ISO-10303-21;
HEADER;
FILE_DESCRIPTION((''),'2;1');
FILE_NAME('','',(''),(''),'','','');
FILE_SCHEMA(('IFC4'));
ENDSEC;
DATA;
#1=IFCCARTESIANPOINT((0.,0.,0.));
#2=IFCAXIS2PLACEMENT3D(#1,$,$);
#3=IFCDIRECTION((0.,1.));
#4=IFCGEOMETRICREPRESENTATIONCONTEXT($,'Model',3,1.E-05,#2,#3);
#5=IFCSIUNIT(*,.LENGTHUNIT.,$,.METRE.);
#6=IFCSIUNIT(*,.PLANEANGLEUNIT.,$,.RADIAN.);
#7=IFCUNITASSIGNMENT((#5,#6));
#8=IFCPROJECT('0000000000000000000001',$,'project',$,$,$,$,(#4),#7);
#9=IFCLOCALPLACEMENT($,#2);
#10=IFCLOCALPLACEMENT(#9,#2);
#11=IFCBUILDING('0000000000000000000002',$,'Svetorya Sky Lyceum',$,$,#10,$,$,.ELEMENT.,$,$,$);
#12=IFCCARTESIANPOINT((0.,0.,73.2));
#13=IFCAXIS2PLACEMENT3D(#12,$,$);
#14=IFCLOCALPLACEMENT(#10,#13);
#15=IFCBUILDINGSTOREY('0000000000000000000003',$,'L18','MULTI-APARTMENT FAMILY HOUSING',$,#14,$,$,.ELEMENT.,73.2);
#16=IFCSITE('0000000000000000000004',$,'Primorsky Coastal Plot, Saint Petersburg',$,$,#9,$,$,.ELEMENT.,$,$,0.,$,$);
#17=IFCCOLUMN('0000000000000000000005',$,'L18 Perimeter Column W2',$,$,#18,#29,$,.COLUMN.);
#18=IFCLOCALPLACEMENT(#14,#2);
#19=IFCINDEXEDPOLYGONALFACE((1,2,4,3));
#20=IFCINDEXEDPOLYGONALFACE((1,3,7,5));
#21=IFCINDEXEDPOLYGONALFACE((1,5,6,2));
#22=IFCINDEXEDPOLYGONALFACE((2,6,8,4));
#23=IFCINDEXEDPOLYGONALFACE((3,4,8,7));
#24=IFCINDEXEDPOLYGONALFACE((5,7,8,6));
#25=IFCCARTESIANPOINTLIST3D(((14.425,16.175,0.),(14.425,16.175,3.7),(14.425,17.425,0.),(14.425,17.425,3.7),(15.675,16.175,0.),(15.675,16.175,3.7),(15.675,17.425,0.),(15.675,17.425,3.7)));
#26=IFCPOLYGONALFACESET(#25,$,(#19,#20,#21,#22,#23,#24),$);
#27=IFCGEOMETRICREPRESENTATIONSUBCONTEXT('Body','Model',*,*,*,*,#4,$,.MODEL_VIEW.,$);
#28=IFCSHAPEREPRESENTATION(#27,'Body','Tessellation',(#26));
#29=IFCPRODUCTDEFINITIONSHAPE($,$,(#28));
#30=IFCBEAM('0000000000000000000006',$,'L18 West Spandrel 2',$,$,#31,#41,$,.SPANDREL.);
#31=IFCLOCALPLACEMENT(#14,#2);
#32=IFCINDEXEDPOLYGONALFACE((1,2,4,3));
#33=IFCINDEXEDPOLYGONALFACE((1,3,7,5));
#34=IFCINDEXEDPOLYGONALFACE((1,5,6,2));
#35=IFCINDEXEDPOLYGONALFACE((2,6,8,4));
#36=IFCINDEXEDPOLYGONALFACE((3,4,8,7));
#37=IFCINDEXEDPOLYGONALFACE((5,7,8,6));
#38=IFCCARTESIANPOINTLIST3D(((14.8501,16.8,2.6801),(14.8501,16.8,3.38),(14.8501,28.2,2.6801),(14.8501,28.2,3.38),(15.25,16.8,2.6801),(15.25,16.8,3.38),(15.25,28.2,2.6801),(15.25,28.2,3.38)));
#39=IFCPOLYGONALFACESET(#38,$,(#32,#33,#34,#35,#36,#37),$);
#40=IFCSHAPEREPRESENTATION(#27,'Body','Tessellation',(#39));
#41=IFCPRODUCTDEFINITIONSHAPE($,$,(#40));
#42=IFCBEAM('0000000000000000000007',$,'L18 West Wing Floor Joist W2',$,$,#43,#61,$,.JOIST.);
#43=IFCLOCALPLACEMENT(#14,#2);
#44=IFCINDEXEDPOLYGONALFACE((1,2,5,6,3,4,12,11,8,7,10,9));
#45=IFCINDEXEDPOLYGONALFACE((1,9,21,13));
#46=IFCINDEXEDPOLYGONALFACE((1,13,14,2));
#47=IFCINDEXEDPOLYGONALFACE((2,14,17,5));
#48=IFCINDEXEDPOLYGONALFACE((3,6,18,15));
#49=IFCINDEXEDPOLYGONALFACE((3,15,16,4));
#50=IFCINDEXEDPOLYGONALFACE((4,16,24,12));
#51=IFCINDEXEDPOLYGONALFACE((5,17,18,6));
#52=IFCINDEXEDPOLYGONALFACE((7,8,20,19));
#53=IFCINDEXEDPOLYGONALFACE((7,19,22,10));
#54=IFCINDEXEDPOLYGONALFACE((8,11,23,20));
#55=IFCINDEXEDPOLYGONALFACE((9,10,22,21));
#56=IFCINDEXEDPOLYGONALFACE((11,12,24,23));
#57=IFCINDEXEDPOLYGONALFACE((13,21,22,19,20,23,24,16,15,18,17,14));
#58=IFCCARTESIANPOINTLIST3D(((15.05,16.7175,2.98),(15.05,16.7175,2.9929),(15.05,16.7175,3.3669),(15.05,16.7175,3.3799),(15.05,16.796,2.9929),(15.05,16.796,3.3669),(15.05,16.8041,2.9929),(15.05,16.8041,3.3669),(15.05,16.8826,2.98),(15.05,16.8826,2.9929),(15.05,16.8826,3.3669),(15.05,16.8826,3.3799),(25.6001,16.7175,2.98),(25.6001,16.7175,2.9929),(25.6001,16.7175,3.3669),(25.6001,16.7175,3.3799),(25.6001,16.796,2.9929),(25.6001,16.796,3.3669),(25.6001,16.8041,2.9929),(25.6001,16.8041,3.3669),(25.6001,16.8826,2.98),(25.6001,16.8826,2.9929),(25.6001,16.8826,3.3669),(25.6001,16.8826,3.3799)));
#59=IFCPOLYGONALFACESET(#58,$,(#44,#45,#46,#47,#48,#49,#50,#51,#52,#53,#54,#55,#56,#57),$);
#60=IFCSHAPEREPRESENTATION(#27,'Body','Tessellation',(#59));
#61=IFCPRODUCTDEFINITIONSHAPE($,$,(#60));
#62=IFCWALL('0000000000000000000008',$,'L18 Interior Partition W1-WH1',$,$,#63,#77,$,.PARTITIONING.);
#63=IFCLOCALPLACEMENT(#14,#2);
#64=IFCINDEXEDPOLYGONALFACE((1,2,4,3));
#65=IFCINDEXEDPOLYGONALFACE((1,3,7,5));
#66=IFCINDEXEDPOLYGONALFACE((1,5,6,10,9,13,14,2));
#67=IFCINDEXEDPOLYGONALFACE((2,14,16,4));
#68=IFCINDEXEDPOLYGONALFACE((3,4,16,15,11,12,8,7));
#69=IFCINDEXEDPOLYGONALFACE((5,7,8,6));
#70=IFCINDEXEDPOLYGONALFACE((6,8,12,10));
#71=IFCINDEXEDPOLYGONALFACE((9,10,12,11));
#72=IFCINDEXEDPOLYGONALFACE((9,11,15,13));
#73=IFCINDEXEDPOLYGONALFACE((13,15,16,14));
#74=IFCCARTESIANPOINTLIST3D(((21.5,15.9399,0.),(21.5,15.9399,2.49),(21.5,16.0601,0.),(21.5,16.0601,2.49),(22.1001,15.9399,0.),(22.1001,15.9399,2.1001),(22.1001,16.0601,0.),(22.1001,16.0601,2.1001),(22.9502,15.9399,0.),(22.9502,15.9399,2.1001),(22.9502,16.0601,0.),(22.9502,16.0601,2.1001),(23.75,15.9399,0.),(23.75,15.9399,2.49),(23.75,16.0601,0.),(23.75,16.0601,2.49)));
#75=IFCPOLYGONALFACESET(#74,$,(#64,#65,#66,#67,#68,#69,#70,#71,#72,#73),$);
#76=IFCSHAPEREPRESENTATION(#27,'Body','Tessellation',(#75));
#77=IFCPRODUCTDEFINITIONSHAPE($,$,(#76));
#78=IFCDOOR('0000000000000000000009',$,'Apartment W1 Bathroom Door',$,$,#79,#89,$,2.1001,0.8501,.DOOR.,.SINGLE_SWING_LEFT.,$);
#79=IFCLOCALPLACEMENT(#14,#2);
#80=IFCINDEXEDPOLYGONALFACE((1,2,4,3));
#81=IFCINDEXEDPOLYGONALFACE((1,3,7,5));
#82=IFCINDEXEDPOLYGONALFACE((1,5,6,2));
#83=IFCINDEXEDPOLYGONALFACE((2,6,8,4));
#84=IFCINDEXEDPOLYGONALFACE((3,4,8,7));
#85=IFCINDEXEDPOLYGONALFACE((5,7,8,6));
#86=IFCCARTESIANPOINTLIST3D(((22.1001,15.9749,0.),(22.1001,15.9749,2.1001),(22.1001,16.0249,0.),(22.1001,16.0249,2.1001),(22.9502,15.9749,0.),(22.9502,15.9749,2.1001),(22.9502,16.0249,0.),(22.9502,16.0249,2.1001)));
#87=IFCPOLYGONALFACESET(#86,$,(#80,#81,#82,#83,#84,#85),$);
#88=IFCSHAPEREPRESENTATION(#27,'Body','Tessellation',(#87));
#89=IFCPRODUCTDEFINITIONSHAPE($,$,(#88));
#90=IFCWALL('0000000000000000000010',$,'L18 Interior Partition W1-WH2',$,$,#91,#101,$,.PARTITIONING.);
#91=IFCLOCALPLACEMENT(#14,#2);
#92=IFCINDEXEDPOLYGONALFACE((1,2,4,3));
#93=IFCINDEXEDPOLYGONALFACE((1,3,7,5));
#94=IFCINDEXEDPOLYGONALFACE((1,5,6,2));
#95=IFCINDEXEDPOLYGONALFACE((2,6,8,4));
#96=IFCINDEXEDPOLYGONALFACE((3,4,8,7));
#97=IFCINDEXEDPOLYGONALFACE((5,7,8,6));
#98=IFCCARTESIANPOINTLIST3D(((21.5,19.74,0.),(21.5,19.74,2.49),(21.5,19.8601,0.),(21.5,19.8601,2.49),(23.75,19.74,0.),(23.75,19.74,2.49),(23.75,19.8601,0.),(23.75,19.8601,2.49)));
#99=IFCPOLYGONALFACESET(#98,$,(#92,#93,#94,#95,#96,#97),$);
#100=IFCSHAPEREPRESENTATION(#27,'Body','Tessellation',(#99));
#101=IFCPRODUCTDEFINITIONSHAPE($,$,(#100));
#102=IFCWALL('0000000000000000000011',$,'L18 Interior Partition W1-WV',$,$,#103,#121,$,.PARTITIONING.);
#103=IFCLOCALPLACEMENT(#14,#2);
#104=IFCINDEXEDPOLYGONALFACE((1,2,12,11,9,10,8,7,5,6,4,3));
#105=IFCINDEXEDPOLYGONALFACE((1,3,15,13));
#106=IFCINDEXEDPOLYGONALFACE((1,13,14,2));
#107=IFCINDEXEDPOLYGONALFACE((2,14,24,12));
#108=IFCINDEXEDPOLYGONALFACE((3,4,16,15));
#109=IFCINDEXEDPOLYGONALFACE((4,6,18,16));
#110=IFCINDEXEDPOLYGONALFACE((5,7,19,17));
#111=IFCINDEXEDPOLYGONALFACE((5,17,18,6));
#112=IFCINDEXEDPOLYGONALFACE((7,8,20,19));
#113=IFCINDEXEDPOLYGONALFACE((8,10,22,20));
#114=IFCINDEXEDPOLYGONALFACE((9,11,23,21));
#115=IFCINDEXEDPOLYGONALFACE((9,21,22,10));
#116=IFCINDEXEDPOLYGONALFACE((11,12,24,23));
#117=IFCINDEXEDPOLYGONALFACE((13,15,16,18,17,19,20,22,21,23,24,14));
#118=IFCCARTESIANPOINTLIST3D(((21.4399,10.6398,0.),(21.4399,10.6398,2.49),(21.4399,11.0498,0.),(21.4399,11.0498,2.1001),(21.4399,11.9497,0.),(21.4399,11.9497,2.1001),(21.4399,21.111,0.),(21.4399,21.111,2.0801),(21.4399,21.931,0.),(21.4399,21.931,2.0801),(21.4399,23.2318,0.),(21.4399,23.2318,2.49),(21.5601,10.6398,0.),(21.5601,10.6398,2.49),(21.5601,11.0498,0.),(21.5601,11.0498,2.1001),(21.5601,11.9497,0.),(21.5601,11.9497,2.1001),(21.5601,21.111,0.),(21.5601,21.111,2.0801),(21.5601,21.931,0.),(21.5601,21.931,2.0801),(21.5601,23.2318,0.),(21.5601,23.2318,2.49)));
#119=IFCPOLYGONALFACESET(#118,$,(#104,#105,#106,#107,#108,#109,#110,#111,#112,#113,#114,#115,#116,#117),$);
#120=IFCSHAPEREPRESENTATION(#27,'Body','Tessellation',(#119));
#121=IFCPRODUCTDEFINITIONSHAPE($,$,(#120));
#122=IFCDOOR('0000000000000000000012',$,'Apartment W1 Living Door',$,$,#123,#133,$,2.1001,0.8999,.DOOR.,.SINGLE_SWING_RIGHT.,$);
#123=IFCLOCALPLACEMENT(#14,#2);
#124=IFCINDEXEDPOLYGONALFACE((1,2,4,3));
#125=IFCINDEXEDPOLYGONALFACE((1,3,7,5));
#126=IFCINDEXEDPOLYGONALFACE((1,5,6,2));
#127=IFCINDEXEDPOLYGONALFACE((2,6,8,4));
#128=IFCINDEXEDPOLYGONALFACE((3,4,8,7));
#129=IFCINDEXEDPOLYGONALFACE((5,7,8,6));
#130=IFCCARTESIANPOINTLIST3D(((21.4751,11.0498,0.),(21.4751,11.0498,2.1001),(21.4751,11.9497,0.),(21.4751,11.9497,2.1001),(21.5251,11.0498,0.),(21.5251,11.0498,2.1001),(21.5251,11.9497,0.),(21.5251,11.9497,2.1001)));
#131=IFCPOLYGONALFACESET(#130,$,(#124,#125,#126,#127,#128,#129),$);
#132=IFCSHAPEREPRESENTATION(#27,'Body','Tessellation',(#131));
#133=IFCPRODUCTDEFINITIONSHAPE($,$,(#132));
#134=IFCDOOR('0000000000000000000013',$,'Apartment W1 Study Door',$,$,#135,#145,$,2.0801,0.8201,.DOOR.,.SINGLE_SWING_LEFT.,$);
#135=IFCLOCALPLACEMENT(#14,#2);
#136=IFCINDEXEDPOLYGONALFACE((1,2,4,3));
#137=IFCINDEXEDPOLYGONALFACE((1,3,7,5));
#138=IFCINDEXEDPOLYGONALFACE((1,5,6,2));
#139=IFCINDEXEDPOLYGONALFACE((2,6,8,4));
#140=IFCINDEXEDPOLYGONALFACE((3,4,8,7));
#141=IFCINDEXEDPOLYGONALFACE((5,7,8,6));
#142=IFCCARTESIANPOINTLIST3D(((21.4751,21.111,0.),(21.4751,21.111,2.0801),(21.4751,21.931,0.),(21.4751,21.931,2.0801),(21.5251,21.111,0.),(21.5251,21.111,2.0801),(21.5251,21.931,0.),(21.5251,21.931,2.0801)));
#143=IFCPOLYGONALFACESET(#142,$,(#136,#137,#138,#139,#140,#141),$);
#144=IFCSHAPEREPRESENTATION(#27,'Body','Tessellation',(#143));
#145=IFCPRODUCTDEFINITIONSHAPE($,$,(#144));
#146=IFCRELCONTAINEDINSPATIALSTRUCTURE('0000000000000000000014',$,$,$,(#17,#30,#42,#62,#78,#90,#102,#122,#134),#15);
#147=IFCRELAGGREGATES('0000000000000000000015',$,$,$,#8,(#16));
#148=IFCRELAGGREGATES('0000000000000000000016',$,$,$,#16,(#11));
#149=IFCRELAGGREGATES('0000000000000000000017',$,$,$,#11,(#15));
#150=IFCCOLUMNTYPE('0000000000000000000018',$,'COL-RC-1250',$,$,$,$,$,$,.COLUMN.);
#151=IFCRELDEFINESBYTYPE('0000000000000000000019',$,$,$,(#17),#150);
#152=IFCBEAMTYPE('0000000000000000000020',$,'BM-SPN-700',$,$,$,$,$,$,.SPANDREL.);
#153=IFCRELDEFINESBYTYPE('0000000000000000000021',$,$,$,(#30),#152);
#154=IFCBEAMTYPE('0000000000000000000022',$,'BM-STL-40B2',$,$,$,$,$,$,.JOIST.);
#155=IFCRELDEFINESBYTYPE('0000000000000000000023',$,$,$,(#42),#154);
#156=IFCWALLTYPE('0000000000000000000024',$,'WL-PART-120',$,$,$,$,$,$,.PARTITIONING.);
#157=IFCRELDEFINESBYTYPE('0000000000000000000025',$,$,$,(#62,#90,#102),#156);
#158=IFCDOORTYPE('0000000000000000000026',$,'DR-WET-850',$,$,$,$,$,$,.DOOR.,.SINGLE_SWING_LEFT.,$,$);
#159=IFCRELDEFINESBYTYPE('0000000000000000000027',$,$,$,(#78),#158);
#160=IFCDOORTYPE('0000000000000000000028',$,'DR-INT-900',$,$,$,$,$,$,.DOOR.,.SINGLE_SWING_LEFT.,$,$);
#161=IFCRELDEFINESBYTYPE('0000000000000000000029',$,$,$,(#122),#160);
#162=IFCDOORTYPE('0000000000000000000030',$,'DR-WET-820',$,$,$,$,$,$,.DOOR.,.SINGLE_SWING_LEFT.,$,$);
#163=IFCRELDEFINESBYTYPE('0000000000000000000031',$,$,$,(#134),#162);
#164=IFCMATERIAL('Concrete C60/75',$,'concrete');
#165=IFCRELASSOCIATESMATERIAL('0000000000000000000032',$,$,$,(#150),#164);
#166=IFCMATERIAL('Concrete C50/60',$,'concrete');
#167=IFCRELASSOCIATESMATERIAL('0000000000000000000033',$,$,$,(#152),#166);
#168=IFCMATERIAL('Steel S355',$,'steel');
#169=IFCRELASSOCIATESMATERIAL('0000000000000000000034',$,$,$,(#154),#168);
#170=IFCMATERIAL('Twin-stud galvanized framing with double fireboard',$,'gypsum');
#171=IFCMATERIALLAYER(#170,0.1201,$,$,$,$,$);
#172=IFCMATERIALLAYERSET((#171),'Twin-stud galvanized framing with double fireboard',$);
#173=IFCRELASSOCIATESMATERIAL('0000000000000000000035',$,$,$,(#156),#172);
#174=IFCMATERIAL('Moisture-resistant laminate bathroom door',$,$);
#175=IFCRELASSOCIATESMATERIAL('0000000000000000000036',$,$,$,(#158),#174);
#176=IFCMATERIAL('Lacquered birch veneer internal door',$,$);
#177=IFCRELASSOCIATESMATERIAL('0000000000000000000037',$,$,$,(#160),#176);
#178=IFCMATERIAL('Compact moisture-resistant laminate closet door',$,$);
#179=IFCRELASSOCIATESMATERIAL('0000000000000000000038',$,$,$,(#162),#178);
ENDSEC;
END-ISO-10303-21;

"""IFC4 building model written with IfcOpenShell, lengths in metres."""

from ifc_helpers import new_model, si_unit, direction, frame, frame_2d, origin, origin_2d, place, context, subcontext, project, spatial, rectangle, i_section, extrude, material, layer, layer_set, material_profile, profile_set, type_object, element, fill, save


model = new_model("IFC4")

# Units and contexts
model_context = context("Model", 3, precision=1e-05, world=origin(), true_north=direction((0.0, 1.0)))
body_context = subcontext(model_context, "Body", "Model", "MODEL_VIEW")
ifc_project = project(units=[si_unit("LENGTHUNIT", "METRE"), si_unit("PLANEANGLEUNIT", "RADIAN")], contexts=[model_context])

# Site, building, storey
site_placement = place(None, origin())
site = spatial("IfcSite", under=ifc_project, at=site_placement, Name="Primorsky Coastal Plot, Saint Petersburg", CompositionType="ELEMENT", RefElevation=0.0)
building_placement = place(site_placement, origin())
building = spatial("IfcBuilding", under=site, at=building_placement, Name="Svetorya Sky Lyceum", CompositionType="ELEMENT")
storey_placement = place(building_placement, frame((0.0, 0.0, 73.2)))
storey = spatial("IfcBuildingStorey", under=building, at=storey_placement, Name="L18", Description="MULTI-APARTMENT FAMILY HOUSING", CompositionType="ELEMENT", Elevation=73.2)

# Column
ifc_material_1 = material(Name="Concrete C60/75", Category="concrete")
ifc_material_profile_1 = material_profile(ifc_material_1, rectangle(XDim=1.25, YDim=1.25, at=origin_2d()), Name="RC COL 1250x1250")
ifc_profile_set_1 = profile_set([ifc_material_profile_1], Name="Concrete C60/75")
column_type = type_object("IfcColumnType", Name="COL-RC-1250", PredefinedType="COLUMN", material=ifc_profile_set_1)
column_placement = place(storey_placement, frame((15.05, 16.8, 0.0), z_axis=(0.0, 0.0, 1.0), x_axis=(1.0, 0.0, 0.0)))
element("IfcColumn", 1, at=column_placement, inside=storey, type_object=column_type, Name="L18 Perimeter Column W2", PredefinedType="COLUMN", context=body_context, shape_type="SweptSolid", body=[
    extrude(rectangle(XDim=1.25, YDim=1.25, at=origin_2d()), origin(), (0.0, 0.0, 1.0), 3.7),
])

# Beams
ifc_material_2 = material(Name="Concrete C50/60", Category="concrete")
ifc_material_profile_2 = material_profile(ifc_material_2, rectangle(XDim=0.3999, YDim=0.7, at=origin_2d()), Name="RC SPANDREL 400x700")
ifc_profile_set_2 = profile_set([ifc_material_profile_2], Name="Concrete C50/60")
beam_type_1 = type_object("IfcBeamType", Name="BM-SPN-700", PredefinedType="SPANDREL", material=ifc_profile_set_2)
beam_1_placement = place(storey_placement, frame((15.05, 16.8, 3.03), z_axis=(0.0, 1.0, 0.0), x_axis=(-1.0, 0.0, 0.0)))
element("IfcBeam", 2, at=beam_1_placement, inside=storey, type_object=beam_type_1, Name="L18 West Spandrel 2", PredefinedType="SPANDREL", context=body_context, shape_type="SweptSolid", body=[
    extrude(rectangle(XDim=0.3999, YDim=0.7, at=origin_2d()), origin(), (0.0, 0.0, 1.0), 11.3999),
])
ifc_material_3 = material(Name="Steel S355", Category="steel")
ifc_material_profile_3 = material_profile(ifc_material_3, i_section(OverallWidth=0.165, OverallDepth=0.3999, WebThickness=0.0081, FlangeThickness=0.0129, at=origin_2d()), Name="GOST 40B2")
ifc_profile_set_3 = profile_set([ifc_material_profile_3], Name="Steel S355")
beam_type_2 = type_object("IfcBeamType", Name="BM-STL-40B2", PredefinedType="JOIST", material=ifc_profile_set_3)
beam_2_placement = place(storey_placement, frame((15.05, 16.8, 3.1799), z_axis=(1.0, 0.0, 0.0), x_axis=(0.0, 1.0, 0.0)))
element("IfcBeam", 3, at=beam_2_placement, inside=storey, type_object=beam_type_2, Name="L18 West Wing Floor Joist W2", PredefinedType="JOIST", context=body_context, shape_type="SweptSolid", body=[
    extrude(i_section(OverallWidth=0.165, OverallDepth=0.3999, WebThickness=0.0081, FlangeThickness=0.0129, at=origin_2d()), origin(), (0.0, 0.0, 1.0), 10.55),
])

# Wall, opening, door
ifc_material_4 = material(Name="Twin-stud galvanized framing with double fireboard", Category="gypsum")
ifc_layer_1 = layer(ifc_material_4, 0.1201)
ifc_layer_set_1 = layer_set([ifc_layer_1], Name="Twin-stud galvanized framing with double fireboard")
wall_type_1 = type_object("IfcWallType", Name="WL-PART-120", PredefinedType="PARTITIONING", material=ifc_layer_set_1)
wall_1_placement = place(storey_placement, frame((21.5, 16.0, 0.0), z_axis=(0.0, 0.0, 1.0), x_axis=(1.0, 0.0, 0.0)))
wall_1 = element("IfcWall", 4, at=wall_1_placement, inside=storey, type_object=wall_type_1, Name="L18 Interior Partition W1-WH1", PredefinedType="PARTITIONING", context=body_context, shape_type="SweptSolid", body=[
    extrude(rectangle(XDim=2.25, YDim=0.1201, at=frame_2d((1.125, 0.0))), origin(), (0.0, 0.0, 1.0), 2.49),
])
opening_1_placement = place(wall_1_placement, frame((0.6001, 0.0, 0.0)))
opening_1 = element("IfcOpeningElement", 5, at=opening_1_placement, cuts=wall_1, PredefinedType="OPENING", context=body_context, shape_type="SweptSolid", body=[
    extrude(rectangle(XDim=0.8501, YDim=2.1001, at=frame_2d((0.425, 1.05))), frame((0.0, 0.0701, 0.0), z_axis=(0.0, -1.0, 0.0), x_axis=(1.0, 0.0, 0.0)), (0.0, 0.0, 1.0), 0.1401),
])
ifc_material_5 = material(Name="Moisture-resistant laminate bathroom door")
door_type_1 = type_object("IfcDoorType", Name="DR-WET-850", OperationType="SINGLE_SWING_LEFT", PredefinedType="DOOR", material=ifc_material_5)
door_1_placement = place(opening_1_placement, origin())
door_1 = element("IfcDoor", 6, at=door_1_placement, inside=storey, type_object=door_type_1, Name="Apartment W1 Bathroom Door", OperationType="SINGLE_SWING_LEFT", OverallHeight=2.1001, OverallWidth=0.8501, PredefinedType="DOOR", context=body_context, shape_type="SweptSolid", body=[
    extrude(rectangle(XDim=0.8501, YDim=2.1001, at=frame_2d((0.425, 1.05))), frame((0.0, 0.0249, 0.0), z_axis=(0.0, -1.0, 0.0), x_axis=(1.0, 0.0, 0.0)), (0.0, 0.0, 1.0), 0.05),
])
fill(opening_1, door_1)

# Wall
wall_2_placement = place(storey_placement, frame((21.5, 19.8, 0.0), z_axis=(0.0, 0.0, 1.0), x_axis=(1.0, 0.0, 0.0)))
element("IfcWall", 7, at=wall_2_placement, inside=storey, type_object=wall_type_1, Name="L18 Interior Partition W1-WH2", PredefinedType="PARTITIONING", context=body_context, shape_type="SweptSolid", body=[
    extrude(rectangle(XDim=2.25, YDim=0.1201, at=frame_2d((1.125, 0.0))), origin(), (0.0, 0.0, 1.0), 2.49),
])

# Wall, openings, doors
wall_3_placement = place(storey_placement, frame((21.5, 10.6399, 0.0), z_axis=(0.0, 0.0, 1.0), x_axis=(0.0, 1.0, 0.0)))
wall_3 = element("IfcWall", 8, at=wall_3_placement, inside=storey, type_object=wall_type_1, Name="L18 Interior Partition W1-WV", PredefinedType="PARTITIONING", context=body_context, shape_type="SweptSolid", body=[
    extrude(rectangle(XDim=12.592, YDim=0.1201, at=frame_2d((6.2959, 0.0))), origin(), (0.0, 0.0, 1.0), 2.49),
])
opening_2_placement = place(wall_3_placement, frame((0.4099, 0.0, 0.0)))
opening_2 = element("IfcOpeningElement", 9, at=opening_2_placement, cuts=wall_3, PredefinedType="OPENING", context=body_context, shape_type="SweptSolid", body=[
    extrude(rectangle(XDim=0.8999, YDim=2.1001, at=frame_2d((0.45, 1.05))), frame((0.0, 0.0701, 0.0), z_axis=(0.0, -1.0, 0.0), x_axis=(1.0, 0.0, 0.0)), (0.0, 0.0, 1.0), 0.1401),
])
opening_3_placement = place(wall_3_placement, frame((10.4709, 0.0, 0.0)))
opening_3 = element("IfcOpeningElement", 10, at=opening_3_placement, cuts=wall_3, PredefinedType="OPENING", context=body_context, shape_type="SweptSolid", body=[
    extrude(rectangle(XDim=0.8201, YDim=2.0801, at=frame_2d((0.4102, 1.04))), frame((0.0, 0.0701, 0.0), z_axis=(0.0, -1.0, 0.0), x_axis=(1.0, 0.0, 0.0)), (0.0, 0.0, 1.0), 0.1401),
])
ifc_material_6 = material(Name="Lacquered birch veneer internal door")
door_type_2 = type_object("IfcDoorType", Name="DR-INT-900", OperationType="SINGLE_SWING_LEFT", PredefinedType="DOOR", material=ifc_material_6)
door_2_placement = place(opening_2_placement, origin())
door_2 = element("IfcDoor", 11, at=door_2_placement, inside=storey, type_object=door_type_2, Name="Apartment W1 Living Door", OperationType="SINGLE_SWING_RIGHT", OverallHeight=2.1001, OverallWidth=0.8999, PredefinedType="DOOR", context=body_context, shape_type="SweptSolid", body=[
    extrude(rectangle(XDim=0.8999, YDim=2.1001, at=frame_2d((0.45, 1.05))), frame((0.0, 0.0249, 0.0), z_axis=(0.0, -1.0, 0.0), x_axis=(1.0, 0.0, 0.0)), (0.0, 0.0, 1.0), 0.05),
])
fill(opening_2, door_2)
ifc_material_7 = material(Name="Compact moisture-resistant laminate closet door")
door_type_3 = type_object("IfcDoorType", Name="DR-WET-820", OperationType="SINGLE_SWING_LEFT", PredefinedType="DOOR", material=ifc_material_7)
door_3_placement = place(opening_3_placement, origin())
door_3 = element("IfcDoor", 12, at=door_3_placement, inside=storey, type_object=door_type_3, Name="Apartment W1 Study Door", OperationType="SINGLE_SWING_LEFT", OverallHeight=2.0801, OverallWidth=0.8201, PredefinedType="DOOR", context=body_context, shape_type="SweptSolid", body=[
    extrude(rectangle(XDim=0.8201, YDim=2.0801, at=frame_2d((0.4102, 1.04))), frame((0.0, 0.0249, 0.0), z_axis=(0.0, -1.0, 0.0), x_axis=(1.0, 0.0, 0.0)), (0.0, 0.0, 1.0), 0.05),
])
fill(opening_3, door_3)

save(model, "model.ifc")
